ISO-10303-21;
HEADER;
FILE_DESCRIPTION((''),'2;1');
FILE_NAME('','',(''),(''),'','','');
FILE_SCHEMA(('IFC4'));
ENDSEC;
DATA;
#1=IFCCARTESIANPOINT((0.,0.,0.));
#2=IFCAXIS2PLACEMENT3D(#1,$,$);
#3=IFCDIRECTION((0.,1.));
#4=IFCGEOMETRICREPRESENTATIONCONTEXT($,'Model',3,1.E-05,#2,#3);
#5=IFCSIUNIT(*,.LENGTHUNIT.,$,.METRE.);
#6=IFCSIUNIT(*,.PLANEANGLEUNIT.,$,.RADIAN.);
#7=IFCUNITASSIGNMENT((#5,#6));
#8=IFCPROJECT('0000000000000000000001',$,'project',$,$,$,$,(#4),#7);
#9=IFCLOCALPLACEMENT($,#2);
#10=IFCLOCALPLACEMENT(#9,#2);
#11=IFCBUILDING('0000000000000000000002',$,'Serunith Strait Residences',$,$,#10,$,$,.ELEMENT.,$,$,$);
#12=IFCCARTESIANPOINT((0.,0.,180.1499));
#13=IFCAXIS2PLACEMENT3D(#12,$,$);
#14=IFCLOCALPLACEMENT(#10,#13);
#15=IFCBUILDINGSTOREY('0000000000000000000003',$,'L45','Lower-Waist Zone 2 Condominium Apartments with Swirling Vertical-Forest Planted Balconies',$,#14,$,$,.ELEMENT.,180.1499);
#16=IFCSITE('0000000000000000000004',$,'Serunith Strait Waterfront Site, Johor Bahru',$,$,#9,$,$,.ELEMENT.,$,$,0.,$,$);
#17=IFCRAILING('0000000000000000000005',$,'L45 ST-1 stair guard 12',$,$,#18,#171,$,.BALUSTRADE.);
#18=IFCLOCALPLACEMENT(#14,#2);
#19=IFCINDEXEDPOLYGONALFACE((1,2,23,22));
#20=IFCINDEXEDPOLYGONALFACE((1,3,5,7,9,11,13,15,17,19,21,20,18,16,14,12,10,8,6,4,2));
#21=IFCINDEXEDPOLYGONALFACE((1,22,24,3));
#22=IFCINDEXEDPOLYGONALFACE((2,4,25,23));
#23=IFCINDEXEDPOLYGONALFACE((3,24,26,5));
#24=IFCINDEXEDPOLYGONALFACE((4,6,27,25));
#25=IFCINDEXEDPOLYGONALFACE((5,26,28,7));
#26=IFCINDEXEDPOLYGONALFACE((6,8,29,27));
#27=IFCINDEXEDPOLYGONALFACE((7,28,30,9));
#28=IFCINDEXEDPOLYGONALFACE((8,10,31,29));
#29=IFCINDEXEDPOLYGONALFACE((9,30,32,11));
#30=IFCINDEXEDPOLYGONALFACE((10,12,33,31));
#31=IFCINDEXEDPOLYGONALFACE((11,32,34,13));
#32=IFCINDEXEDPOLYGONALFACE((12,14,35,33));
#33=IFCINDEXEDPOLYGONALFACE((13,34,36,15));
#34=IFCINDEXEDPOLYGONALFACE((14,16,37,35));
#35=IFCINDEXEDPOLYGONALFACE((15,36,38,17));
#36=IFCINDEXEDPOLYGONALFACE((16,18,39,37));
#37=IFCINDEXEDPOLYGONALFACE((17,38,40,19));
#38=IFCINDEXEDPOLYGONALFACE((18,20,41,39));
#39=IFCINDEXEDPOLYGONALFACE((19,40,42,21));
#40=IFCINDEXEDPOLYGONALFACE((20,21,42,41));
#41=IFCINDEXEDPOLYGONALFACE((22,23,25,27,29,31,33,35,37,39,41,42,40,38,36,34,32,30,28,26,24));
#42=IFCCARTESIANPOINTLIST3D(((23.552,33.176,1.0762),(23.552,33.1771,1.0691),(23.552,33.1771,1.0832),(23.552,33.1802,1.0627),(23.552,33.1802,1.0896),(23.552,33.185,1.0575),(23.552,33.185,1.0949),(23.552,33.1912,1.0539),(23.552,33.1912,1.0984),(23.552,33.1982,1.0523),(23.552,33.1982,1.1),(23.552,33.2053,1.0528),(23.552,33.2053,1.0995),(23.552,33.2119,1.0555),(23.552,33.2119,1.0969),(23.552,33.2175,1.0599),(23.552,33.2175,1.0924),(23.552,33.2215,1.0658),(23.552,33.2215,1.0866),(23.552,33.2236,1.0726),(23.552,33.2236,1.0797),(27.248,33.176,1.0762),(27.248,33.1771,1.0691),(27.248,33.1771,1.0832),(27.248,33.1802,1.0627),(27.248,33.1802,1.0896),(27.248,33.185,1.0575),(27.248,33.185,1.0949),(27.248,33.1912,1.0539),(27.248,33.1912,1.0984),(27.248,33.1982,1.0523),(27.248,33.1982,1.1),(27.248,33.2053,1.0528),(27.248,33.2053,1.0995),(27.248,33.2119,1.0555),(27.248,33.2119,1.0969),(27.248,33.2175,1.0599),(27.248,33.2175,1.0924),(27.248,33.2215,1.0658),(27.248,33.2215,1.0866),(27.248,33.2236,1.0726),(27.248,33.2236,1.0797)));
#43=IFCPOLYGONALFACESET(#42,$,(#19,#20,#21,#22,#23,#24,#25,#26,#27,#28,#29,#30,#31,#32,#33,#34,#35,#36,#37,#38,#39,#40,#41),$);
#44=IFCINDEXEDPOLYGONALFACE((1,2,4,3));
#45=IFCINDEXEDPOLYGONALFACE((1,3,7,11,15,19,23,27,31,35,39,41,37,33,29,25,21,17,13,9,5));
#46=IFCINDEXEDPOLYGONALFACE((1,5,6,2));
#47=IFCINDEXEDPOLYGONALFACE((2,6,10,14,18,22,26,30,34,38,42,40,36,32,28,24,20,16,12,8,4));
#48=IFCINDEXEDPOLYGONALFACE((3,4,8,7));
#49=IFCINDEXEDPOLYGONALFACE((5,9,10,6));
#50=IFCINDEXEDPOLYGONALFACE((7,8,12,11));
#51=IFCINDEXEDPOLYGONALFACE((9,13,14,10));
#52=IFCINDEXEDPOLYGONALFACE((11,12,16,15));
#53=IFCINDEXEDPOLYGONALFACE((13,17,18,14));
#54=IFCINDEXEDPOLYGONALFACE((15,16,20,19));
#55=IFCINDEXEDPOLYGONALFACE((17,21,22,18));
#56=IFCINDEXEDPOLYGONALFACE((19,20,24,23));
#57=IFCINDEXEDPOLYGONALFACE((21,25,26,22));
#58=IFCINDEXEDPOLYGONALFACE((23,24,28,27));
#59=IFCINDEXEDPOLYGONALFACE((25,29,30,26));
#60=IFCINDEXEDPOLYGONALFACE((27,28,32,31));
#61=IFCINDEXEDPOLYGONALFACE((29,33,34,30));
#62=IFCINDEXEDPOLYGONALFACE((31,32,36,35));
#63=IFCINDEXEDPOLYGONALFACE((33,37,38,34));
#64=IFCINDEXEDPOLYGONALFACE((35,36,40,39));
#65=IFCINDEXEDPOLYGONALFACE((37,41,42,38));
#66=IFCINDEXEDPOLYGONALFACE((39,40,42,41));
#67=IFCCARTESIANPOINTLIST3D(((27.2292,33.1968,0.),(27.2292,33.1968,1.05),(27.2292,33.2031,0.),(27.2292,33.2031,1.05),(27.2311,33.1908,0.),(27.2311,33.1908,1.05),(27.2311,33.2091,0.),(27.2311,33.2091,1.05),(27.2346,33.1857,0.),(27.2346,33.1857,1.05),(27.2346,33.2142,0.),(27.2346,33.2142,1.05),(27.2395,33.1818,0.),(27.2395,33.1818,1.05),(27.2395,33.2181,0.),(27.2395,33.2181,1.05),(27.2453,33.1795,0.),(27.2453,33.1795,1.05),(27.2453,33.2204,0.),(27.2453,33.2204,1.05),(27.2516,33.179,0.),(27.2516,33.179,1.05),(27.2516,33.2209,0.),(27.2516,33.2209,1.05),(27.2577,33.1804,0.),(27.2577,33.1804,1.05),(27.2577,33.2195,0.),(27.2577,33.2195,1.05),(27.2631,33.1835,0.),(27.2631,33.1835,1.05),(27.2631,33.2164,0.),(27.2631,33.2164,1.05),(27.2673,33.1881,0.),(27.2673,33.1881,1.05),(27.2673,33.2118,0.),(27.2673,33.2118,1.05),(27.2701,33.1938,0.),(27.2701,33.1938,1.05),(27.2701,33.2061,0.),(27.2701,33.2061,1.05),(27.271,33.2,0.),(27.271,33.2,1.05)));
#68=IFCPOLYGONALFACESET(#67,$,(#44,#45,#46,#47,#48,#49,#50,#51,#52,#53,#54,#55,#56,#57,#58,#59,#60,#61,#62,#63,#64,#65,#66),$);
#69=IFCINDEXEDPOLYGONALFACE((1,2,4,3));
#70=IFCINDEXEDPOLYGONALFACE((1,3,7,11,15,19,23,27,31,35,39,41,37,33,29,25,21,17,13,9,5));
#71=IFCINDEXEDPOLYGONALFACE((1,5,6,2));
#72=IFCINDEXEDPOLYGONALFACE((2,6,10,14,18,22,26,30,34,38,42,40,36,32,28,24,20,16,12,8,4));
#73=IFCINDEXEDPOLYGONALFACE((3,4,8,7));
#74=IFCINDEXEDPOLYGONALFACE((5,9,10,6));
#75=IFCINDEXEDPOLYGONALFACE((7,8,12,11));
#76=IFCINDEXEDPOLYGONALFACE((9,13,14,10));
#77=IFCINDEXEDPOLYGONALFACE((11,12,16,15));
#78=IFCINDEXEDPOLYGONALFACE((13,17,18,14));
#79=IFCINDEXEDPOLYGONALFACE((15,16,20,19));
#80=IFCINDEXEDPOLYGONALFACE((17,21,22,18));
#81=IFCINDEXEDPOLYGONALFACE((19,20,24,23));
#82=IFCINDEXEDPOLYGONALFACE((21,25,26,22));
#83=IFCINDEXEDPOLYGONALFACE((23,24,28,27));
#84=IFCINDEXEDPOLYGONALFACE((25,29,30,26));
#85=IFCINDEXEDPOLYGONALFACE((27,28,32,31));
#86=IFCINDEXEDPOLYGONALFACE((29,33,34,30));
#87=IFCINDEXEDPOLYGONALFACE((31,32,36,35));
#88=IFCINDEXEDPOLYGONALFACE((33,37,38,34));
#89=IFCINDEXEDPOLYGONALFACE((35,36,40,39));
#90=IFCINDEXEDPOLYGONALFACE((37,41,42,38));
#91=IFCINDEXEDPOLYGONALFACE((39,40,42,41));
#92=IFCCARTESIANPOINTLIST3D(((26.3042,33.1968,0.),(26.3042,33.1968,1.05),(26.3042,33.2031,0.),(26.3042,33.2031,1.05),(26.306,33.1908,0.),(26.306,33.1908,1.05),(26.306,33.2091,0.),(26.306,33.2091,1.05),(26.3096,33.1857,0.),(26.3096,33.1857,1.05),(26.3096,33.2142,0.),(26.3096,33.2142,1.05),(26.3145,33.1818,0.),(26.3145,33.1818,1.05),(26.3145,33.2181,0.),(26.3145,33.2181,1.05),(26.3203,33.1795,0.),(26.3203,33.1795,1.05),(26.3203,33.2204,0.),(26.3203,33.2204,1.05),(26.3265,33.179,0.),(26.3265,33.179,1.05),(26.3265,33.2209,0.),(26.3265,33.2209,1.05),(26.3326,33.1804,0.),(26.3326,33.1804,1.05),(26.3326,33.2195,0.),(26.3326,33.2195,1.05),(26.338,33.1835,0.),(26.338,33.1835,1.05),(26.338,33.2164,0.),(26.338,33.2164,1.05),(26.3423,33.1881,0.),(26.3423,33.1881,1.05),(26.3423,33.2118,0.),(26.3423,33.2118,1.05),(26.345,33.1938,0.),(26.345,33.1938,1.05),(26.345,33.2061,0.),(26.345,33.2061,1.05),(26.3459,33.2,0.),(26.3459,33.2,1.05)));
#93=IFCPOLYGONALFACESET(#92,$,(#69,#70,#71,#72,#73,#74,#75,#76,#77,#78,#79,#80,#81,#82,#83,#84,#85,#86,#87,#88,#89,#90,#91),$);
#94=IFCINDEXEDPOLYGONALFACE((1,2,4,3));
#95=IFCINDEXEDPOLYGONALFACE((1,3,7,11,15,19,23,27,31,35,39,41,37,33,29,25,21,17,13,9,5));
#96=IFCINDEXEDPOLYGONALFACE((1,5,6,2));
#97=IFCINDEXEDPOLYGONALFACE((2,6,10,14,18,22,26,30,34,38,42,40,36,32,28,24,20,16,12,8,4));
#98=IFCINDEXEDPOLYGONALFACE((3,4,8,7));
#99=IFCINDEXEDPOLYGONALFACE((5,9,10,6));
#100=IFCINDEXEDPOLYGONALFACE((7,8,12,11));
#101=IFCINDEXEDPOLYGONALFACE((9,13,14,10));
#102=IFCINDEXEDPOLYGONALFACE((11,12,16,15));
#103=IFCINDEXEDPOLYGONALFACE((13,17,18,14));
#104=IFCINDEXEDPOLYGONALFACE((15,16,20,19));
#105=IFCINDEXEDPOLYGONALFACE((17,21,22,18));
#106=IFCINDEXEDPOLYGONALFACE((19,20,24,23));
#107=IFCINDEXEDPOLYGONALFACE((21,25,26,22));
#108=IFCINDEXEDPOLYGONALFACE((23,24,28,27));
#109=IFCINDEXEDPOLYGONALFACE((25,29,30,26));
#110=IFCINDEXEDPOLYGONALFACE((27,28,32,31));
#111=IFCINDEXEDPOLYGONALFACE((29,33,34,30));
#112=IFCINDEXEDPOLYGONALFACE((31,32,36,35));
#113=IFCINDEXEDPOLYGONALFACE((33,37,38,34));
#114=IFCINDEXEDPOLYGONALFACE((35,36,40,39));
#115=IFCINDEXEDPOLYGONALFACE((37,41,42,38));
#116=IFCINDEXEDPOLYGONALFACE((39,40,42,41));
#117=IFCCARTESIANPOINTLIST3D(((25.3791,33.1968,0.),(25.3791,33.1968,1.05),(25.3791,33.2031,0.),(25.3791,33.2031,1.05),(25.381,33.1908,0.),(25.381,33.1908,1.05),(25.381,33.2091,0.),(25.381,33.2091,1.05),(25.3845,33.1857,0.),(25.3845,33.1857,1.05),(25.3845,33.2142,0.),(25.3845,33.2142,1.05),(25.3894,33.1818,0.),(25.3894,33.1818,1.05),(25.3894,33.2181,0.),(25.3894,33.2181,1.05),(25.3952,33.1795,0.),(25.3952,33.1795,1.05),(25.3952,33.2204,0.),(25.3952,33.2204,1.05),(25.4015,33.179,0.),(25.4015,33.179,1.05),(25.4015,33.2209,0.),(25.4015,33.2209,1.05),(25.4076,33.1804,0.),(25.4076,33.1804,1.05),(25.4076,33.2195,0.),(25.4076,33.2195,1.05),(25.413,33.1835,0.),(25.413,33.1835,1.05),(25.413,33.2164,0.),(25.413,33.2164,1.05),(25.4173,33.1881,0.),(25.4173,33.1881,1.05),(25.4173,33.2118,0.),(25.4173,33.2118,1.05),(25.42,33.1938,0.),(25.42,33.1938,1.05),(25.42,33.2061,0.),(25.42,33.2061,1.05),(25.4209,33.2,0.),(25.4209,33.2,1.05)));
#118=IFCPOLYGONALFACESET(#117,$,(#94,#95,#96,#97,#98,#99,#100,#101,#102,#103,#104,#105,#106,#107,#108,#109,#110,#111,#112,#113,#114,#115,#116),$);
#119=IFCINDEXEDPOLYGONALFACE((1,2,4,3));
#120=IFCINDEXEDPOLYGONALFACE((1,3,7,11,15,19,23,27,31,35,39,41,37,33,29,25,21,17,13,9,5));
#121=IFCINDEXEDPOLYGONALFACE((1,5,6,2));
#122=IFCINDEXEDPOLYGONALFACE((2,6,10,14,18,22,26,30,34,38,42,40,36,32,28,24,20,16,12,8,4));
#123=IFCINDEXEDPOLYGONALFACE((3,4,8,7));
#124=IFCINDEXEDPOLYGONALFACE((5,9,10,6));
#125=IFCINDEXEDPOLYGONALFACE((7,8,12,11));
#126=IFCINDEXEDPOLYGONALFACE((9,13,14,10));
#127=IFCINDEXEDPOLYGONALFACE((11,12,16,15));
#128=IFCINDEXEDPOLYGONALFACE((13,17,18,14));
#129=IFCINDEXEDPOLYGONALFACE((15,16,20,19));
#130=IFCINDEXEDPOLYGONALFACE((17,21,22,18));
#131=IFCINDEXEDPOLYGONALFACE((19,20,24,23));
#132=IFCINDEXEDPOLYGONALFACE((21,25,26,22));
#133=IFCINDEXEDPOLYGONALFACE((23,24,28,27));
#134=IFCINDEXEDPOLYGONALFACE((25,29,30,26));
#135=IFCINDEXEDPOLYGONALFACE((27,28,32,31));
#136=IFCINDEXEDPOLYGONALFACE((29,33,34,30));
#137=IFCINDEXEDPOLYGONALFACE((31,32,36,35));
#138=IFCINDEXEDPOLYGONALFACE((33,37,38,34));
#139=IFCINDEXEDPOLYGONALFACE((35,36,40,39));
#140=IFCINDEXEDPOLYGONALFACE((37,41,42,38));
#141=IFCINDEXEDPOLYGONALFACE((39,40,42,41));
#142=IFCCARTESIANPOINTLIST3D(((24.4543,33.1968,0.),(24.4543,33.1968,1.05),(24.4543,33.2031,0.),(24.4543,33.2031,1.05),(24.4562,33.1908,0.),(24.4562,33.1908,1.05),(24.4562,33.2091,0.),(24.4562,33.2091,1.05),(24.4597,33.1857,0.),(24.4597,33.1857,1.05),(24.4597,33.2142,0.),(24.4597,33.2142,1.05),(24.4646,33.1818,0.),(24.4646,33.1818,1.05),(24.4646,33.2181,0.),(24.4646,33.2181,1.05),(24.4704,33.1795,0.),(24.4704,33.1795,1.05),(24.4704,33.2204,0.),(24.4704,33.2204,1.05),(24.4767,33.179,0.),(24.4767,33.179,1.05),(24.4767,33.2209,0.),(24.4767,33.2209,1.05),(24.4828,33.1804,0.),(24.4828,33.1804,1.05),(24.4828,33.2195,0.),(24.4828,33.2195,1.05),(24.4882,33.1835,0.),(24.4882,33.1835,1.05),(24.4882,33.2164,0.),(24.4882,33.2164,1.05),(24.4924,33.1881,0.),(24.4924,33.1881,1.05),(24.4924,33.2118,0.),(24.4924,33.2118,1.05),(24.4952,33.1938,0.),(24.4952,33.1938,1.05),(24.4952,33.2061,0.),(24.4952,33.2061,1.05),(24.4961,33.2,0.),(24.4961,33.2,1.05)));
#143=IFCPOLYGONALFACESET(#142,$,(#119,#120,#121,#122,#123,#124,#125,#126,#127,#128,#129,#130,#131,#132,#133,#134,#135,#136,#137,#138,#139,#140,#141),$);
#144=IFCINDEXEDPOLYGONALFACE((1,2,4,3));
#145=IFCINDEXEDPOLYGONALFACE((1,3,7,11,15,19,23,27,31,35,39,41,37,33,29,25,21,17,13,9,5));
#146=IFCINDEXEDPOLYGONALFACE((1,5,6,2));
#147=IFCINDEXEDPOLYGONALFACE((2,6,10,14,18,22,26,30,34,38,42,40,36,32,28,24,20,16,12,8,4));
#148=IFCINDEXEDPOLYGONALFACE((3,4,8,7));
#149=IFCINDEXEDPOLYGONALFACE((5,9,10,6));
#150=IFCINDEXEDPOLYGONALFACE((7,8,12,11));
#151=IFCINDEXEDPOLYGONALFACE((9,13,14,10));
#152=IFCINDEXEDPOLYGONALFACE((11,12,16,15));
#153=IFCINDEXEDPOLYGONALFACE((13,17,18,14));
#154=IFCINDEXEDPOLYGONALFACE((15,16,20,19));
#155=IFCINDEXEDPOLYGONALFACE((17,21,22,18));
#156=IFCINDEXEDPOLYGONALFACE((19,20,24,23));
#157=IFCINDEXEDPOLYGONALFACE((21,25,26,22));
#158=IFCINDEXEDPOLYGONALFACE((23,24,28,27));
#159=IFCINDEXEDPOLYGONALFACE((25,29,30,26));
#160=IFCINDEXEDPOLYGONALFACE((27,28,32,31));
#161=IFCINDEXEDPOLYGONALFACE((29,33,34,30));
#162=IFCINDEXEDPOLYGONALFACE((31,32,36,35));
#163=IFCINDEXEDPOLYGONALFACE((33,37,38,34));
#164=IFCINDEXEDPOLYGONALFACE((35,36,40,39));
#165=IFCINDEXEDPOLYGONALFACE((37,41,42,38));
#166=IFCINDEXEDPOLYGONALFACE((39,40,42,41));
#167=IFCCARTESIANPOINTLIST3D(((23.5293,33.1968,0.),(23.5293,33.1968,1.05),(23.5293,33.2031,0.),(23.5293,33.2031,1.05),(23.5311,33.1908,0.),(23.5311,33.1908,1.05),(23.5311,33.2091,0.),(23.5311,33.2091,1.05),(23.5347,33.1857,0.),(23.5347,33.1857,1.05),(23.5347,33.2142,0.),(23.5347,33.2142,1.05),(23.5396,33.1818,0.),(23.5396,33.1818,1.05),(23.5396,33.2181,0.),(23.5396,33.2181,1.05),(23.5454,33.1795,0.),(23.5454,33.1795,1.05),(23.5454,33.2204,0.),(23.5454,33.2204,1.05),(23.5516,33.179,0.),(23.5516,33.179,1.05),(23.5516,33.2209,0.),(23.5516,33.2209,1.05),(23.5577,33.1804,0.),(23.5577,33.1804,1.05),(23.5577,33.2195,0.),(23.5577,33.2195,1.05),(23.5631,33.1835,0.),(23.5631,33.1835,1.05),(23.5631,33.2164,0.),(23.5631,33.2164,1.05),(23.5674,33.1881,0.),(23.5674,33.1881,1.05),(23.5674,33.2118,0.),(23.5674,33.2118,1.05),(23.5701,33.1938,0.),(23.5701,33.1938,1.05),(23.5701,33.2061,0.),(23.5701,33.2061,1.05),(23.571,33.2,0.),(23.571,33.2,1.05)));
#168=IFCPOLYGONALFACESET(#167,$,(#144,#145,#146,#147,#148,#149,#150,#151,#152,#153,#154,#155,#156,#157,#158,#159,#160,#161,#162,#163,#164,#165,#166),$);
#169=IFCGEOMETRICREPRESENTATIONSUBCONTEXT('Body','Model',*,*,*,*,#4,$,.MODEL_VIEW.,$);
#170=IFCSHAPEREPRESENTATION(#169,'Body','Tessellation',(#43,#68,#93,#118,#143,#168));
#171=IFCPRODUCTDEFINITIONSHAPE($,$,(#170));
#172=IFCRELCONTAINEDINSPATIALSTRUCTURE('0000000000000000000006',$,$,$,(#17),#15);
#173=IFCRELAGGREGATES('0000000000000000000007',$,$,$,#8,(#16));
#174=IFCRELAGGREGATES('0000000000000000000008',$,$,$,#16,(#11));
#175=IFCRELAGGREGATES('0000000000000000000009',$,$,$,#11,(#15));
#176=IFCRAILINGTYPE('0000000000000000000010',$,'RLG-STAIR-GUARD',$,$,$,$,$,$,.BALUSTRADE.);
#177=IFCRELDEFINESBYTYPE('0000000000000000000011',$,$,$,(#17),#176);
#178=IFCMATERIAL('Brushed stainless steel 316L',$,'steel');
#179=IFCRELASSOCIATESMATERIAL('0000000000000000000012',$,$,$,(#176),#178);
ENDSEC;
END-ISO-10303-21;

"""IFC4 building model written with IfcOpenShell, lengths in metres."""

from ifc_helpers import new_model, si_unit, direction, frame, origin, origin_2d, place, context, subcontext, project, spatial, circle, extrude, material, type_object, element, save


model = new_model("IFC4")

# Units and contexts
model_context = context("Model", 3, precision=1e-05, world=origin(), true_north=direction((0.0, 1.0)))
body_context = subcontext(model_context, "Body", "Model", "MODEL_VIEW")
ifc_project = project(units=[si_unit("LENGTHUNIT", "METRE"), si_unit("PLANEANGLEUNIT", "RADIAN")], contexts=[model_context])

# Site, building, storey
site_placement = place(None, origin())
site = spatial("IfcSite", under=ifc_project, at=site_placement, Name="Serunith Strait Waterfront Site, Johor Bahru", CompositionType="ELEMENT", RefElevation=0.0)
building_placement = place(site_placement, origin())
building = spatial("IfcBuilding", under=site, at=building_placement, Name="Serunith Strait Residences", CompositionType="ELEMENT")
storey_placement = place(building_placement, frame((0.0, 0.0, 180.1499)))
storey = spatial("IfcBuildingStorey", under=building, at=storey_placement, Name="L45", Description="Lower-Waist Zone 2 Condominium Apartments with Swirling Vertical-Forest Planted Balconies", CompositionType="ELEMENT", Elevation=180.1499)

# Railing
ifc_material_1 = material(Name="Brushed stainless steel 316L", Category="steel")
railing_type_1 = type_object("IfcRailingType", Name="RLG-STAIR-GUARD", PredefinedType="BALUSTRADE", material=ifc_material_1)
railing_1_placement = place(storey_placement, frame((27.25, 33.2, 0.0)))
element("IfcRailing", 1, at=railing_1_placement, inside=storey, type_object=railing_type_1, Name="L45 ST-1 stair guard 12", PredefinedType="BALUSTRADE", context=body_context, shape_type="SweptSolid", body=[
    extrude(circle(Radius=0.0239, at=origin_2d()), frame((-0.002, 0.0, 1.0762), z_axis=(-1.0, 0.0, 0.0), x_axis=(0.0, -1.0, 0.0)), (0.0, 0.0, 1.0), 3.696),
    extrude(circle(Radius=0.021, at=origin_2d()), origin(), (0.0, 0.0, 1.0), 1.05),
    extrude(circle(Radius=0.021, at=origin_2d()), frame((-0.925, 0.0, 0.0)), (0.0, 0.0, 1.0), 1.05),
    extrude(circle(Radius=0.021, at=origin_2d()), frame((-1.8501, 0.0, 0.0)), (0.0, 0.0, 1.0), 1.05),
    extrude(circle(Radius=0.021, at=origin_2d()), frame((-2.7749, 0.0, 0.0)), (0.0, 0.0, 1.0), 1.05),
    extrude(circle(Radius=0.021, at=origin_2d()), frame((-3.7, 0.0, 0.0)), (0.0, 0.0, 1.0), 1.05),
])

save(model, "model.ifc")
